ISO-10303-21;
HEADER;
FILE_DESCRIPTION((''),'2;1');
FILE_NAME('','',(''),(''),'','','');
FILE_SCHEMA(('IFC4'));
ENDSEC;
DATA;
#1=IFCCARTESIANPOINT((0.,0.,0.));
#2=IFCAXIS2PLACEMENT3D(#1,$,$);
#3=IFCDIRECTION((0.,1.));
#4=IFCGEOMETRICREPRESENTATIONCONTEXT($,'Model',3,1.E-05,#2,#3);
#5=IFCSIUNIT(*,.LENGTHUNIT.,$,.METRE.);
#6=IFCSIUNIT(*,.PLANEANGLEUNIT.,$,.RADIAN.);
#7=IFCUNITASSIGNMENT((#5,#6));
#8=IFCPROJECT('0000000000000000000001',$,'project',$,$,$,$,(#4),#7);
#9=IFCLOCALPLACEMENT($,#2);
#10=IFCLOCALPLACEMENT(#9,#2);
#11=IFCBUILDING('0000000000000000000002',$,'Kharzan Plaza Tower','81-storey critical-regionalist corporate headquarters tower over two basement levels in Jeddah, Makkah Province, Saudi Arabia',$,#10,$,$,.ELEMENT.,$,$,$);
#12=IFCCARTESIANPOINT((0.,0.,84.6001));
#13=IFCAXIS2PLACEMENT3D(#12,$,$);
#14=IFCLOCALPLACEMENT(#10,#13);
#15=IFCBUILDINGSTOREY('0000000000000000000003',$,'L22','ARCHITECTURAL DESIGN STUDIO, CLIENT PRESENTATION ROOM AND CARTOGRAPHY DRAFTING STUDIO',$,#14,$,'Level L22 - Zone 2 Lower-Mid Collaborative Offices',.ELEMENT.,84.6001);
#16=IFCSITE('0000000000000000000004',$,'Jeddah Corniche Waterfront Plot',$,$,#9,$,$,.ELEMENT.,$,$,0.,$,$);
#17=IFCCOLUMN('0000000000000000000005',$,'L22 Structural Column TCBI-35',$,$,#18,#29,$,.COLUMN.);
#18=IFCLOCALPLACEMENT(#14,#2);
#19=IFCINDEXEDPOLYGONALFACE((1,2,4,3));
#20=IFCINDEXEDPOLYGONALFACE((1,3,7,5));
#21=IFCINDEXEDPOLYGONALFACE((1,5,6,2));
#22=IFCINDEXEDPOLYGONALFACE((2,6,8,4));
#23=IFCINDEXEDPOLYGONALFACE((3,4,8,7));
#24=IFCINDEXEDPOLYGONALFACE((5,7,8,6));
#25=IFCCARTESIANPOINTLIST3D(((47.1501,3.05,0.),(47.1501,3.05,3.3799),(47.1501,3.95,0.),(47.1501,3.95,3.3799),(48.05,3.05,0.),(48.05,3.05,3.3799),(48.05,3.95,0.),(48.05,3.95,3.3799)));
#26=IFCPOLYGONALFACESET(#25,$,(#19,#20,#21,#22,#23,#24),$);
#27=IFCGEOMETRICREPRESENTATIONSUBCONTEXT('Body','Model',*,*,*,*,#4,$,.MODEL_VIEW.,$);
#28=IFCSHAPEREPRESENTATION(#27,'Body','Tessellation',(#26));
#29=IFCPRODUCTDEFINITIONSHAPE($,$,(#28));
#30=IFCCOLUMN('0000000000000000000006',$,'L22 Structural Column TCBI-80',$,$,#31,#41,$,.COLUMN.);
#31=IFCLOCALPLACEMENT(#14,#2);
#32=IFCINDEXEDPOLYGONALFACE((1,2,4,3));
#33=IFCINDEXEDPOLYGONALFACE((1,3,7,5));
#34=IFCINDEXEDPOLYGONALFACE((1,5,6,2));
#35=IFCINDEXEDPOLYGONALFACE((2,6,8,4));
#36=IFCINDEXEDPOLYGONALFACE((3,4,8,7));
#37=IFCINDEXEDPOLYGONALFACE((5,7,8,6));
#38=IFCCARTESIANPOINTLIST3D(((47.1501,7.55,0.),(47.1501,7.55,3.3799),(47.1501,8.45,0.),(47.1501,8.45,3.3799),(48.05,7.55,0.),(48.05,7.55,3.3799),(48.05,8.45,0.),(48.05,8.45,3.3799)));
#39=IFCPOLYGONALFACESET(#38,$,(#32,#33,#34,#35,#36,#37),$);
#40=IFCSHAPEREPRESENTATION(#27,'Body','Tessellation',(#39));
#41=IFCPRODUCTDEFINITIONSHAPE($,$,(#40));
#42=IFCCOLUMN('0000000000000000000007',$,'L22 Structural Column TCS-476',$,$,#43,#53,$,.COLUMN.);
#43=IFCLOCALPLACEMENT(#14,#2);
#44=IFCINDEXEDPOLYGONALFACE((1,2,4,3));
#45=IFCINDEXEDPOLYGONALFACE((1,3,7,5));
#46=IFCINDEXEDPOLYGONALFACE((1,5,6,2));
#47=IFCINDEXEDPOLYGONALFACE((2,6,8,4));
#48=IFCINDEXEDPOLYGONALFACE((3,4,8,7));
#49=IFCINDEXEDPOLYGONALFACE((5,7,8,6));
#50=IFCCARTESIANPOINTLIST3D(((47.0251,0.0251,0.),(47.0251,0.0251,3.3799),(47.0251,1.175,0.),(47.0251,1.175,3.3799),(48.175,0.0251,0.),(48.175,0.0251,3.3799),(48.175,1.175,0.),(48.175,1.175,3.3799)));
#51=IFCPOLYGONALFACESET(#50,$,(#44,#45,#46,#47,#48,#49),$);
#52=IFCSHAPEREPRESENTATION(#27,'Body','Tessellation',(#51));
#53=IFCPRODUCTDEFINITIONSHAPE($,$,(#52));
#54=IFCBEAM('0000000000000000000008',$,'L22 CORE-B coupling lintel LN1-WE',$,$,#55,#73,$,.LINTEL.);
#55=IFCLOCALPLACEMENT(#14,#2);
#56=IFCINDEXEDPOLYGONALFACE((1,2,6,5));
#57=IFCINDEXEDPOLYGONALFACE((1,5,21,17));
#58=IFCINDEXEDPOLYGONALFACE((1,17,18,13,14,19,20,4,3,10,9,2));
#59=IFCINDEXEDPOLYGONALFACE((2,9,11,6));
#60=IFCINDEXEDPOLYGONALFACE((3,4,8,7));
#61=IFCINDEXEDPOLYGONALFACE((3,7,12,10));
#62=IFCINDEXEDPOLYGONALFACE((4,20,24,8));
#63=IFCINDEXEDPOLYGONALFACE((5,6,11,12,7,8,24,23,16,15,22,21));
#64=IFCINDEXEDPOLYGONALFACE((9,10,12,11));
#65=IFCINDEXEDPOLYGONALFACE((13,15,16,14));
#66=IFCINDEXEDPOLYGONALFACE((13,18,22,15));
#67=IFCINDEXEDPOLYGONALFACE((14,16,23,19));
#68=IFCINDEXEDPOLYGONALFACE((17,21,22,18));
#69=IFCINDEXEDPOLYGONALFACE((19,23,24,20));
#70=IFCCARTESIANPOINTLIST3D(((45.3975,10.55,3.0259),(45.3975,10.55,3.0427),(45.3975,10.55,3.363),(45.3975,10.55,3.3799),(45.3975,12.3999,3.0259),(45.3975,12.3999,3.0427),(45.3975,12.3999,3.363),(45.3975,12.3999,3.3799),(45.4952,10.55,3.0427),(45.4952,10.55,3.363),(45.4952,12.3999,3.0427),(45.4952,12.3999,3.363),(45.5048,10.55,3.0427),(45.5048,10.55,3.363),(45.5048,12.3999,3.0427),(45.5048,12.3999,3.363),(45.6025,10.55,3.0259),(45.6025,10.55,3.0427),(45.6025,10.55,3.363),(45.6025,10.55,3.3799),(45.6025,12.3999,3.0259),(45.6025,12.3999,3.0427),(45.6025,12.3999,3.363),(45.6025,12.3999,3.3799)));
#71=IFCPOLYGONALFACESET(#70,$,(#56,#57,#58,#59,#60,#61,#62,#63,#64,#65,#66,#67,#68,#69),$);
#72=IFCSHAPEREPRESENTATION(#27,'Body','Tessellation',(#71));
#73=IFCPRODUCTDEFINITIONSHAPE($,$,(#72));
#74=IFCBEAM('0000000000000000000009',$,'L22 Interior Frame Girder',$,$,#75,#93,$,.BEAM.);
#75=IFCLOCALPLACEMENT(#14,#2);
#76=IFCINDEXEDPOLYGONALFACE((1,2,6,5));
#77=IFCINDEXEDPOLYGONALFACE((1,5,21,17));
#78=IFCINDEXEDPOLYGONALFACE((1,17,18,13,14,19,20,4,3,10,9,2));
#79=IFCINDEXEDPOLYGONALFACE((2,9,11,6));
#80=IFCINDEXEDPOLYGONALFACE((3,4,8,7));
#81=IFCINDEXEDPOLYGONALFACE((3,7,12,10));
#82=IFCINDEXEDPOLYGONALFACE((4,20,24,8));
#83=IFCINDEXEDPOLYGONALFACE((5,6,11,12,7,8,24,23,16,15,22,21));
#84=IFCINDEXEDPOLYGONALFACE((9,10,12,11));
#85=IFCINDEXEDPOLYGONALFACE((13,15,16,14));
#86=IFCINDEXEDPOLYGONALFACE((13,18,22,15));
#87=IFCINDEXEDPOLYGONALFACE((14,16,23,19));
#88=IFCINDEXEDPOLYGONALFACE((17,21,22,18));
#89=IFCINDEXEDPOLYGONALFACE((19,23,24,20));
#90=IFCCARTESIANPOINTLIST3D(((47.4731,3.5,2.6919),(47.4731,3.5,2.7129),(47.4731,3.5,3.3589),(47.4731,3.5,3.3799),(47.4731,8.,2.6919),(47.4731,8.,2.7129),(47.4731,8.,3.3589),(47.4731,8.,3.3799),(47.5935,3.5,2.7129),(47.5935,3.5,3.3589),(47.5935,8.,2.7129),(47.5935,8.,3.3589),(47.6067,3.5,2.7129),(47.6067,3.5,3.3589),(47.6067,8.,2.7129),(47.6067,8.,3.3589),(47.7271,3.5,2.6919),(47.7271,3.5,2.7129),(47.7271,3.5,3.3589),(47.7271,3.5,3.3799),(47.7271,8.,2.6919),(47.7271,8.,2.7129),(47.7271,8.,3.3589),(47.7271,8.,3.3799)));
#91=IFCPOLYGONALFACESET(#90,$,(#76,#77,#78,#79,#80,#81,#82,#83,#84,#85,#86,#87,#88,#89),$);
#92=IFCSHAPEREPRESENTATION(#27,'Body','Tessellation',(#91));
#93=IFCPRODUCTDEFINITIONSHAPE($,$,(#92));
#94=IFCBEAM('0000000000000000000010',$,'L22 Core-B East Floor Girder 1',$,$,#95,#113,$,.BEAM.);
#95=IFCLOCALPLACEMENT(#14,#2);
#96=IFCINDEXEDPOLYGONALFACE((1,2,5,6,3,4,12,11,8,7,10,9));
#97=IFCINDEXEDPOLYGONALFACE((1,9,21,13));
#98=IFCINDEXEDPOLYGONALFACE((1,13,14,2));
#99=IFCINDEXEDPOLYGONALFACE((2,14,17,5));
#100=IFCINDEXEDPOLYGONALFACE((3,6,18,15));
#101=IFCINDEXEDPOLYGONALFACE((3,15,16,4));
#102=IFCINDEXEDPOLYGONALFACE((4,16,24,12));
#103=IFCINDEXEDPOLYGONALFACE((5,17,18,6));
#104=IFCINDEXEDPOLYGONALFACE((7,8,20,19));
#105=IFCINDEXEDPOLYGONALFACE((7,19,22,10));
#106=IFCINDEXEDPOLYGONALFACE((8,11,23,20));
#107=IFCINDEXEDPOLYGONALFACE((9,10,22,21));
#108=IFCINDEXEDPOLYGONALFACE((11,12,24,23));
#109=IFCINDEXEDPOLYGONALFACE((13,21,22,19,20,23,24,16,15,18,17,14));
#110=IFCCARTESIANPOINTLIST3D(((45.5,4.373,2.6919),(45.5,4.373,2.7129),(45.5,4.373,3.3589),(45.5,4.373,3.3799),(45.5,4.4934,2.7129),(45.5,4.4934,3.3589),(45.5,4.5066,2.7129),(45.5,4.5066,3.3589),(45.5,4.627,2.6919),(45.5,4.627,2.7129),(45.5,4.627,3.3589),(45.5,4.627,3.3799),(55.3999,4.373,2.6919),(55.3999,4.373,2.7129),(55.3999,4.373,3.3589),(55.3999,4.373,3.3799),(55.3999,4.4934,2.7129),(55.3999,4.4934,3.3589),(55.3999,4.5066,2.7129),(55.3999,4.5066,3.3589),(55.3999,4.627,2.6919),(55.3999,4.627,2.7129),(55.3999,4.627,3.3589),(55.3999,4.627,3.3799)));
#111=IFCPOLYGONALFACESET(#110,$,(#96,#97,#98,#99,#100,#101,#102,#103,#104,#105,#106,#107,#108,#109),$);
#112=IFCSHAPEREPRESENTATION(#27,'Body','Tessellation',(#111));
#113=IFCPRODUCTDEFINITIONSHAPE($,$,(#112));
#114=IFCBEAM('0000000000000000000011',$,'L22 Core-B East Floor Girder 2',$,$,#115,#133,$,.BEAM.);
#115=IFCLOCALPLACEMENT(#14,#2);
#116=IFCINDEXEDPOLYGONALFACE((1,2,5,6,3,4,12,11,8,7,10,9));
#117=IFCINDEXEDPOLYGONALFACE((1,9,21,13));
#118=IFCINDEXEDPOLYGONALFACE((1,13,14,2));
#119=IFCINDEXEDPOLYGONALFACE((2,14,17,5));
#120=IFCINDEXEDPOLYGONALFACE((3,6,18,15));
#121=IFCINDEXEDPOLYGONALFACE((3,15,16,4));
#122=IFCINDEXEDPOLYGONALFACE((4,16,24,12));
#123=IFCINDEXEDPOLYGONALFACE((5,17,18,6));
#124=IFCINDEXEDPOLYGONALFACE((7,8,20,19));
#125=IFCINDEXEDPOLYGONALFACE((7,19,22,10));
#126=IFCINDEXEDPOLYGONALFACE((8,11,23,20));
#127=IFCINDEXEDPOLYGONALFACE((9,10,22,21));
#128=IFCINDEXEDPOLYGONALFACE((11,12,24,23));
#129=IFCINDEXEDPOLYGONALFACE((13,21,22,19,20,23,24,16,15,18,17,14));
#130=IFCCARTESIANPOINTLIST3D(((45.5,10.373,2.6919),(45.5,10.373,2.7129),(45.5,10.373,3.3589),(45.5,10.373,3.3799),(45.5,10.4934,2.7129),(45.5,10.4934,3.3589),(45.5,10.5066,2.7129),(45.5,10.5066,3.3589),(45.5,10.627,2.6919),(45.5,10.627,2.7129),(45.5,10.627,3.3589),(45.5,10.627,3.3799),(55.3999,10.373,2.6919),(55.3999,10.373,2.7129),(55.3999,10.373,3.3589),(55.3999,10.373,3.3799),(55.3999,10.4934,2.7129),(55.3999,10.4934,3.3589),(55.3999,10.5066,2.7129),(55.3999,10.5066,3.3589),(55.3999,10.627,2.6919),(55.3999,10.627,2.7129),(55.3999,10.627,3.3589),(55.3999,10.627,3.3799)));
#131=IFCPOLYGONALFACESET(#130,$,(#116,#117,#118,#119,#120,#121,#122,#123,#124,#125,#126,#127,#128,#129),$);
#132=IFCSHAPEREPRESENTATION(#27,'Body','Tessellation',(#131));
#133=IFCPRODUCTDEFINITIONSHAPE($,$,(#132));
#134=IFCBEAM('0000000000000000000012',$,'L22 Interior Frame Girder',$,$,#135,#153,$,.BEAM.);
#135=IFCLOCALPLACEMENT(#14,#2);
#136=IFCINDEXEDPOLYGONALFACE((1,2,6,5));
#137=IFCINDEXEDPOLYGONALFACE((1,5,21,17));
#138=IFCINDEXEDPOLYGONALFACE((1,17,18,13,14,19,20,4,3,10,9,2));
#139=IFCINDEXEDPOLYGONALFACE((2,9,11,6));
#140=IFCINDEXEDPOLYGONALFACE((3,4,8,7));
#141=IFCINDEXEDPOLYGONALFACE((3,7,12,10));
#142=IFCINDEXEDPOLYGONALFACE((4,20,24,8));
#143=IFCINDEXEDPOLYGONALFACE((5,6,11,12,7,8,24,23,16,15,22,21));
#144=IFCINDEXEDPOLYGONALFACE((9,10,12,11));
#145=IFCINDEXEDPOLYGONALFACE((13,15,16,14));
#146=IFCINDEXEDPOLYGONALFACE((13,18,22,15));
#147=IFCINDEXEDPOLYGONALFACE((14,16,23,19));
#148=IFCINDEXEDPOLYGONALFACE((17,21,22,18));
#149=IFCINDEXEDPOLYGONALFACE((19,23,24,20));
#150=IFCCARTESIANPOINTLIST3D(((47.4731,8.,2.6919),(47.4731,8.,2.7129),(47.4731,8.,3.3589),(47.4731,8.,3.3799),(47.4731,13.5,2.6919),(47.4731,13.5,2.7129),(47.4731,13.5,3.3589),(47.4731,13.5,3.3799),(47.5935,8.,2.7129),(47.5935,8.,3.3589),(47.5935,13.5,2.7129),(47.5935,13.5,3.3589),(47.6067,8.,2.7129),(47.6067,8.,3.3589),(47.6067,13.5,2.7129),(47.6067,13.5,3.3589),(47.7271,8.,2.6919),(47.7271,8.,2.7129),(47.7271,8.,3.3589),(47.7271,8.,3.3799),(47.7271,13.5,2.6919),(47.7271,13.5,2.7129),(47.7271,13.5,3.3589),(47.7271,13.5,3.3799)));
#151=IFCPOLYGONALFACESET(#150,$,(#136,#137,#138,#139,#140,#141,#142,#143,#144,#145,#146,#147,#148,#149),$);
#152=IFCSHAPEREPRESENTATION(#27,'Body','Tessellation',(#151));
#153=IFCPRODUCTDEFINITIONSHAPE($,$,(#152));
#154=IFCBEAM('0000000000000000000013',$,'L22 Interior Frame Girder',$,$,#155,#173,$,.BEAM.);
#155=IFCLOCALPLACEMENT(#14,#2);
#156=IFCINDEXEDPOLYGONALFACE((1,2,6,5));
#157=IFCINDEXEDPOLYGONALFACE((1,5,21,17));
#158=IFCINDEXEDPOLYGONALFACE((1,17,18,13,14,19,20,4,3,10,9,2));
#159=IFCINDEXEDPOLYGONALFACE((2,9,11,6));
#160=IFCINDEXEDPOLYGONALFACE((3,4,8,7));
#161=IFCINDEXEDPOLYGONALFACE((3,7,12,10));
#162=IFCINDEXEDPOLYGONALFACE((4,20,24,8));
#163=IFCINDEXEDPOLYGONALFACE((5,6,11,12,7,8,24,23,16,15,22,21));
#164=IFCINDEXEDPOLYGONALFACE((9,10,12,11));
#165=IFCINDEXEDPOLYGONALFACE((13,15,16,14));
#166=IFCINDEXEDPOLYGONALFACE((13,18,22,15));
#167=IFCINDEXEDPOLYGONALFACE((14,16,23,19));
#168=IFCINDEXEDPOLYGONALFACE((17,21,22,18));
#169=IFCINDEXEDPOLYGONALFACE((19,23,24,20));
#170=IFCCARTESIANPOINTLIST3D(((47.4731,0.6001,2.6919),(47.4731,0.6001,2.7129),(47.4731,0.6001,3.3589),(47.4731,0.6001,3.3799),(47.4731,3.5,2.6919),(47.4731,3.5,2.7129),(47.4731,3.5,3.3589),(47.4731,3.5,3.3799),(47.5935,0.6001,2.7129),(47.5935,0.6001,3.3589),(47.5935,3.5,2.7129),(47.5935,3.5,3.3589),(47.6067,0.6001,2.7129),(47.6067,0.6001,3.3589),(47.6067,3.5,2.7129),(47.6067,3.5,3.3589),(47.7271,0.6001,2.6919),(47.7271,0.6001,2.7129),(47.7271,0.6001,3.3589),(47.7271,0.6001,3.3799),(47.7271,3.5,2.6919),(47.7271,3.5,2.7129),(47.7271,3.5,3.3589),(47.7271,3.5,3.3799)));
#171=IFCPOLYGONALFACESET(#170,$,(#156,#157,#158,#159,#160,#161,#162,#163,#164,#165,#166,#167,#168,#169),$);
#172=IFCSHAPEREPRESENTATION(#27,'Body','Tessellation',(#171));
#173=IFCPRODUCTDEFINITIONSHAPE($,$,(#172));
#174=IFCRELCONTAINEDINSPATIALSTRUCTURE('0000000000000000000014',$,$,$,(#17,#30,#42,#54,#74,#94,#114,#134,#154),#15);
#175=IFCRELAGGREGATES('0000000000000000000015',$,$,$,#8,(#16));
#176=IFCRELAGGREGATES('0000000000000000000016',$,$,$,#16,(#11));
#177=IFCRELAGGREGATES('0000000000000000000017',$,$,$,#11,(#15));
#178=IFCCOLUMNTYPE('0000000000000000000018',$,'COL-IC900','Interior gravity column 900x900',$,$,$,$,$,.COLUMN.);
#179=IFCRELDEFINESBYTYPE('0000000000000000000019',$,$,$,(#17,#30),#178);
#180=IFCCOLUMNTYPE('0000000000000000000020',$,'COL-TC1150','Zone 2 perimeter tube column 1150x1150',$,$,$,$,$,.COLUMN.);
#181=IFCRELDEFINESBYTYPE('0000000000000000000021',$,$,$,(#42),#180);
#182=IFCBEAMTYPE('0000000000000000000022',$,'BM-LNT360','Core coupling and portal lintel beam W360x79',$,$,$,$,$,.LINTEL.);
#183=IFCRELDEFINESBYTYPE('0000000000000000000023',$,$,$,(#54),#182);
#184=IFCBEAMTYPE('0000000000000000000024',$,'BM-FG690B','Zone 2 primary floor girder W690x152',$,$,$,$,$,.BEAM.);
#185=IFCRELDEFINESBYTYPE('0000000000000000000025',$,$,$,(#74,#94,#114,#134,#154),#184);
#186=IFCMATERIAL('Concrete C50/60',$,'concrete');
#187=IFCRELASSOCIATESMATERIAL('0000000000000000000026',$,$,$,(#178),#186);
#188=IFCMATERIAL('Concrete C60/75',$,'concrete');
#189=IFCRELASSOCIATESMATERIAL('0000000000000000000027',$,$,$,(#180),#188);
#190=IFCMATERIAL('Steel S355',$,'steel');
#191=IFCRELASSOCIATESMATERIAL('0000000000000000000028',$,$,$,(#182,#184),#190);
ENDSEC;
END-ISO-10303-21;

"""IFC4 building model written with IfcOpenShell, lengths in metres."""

from ifc_helpers import new_model, si_unit, direction, frame, origin, origin_2d, place, context, subcontext, project, spatial, rectangle, i_section, extrude, source, transform, mapped, material, material_profile, profile_set, type_object, element, save


model = new_model("IFC4")

# Units and contexts
model_context = context("Model", 3, precision=1e-05, world=origin(), true_north=direction((0.0, 1.0)))
body_context = subcontext(model_context, "Body", "Model", "MODEL_VIEW")
ifc_project = project(units=[si_unit("LENGTHUNIT", "METRE"), si_unit("PLANEANGLEUNIT", "RADIAN")], contexts=[model_context])

# Site, building, storey
site_placement = place(None, origin())
site = spatial("IfcSite", under=ifc_project, at=site_placement, Name="Jeddah Corniche Waterfront Plot", CompositionType="ELEMENT", RefElevation=0.0)
building_placement = place(site_placement, origin())
building = spatial("IfcBuilding", under=site, at=building_placement, Name="Kharzan Plaza Tower", Description="81-storey critical-regionalist corporate headquarters tower over two basement levels in Jeddah, Makkah Province, Saudi Arabia", CompositionType="ELEMENT")
storey_placement = place(building_placement, frame((0.0, 0.0, 84.6001)))
storey = spatial("IfcBuildingStorey", under=building, at=storey_placement, Name="L22", Description="ARCHITECTURAL DESIGN STUDIO, CLIENT PRESENTATION ROOM AND CARTOGRAPHY DRAFTING STUDIO", LongName="Level L22 - Zone 2 Lower-Mid Collaborative Offices", CompositionType="ELEMENT", Elevation=84.6001)

# Columns
ifc_material_1 = material(Name="Concrete C50/60", Category="concrete")
ifc_material_profile_1 = material_profile(ifc_material_1, rectangle(XDim=0.8999, YDim=0.8999, at=origin_2d()), Name="RC-IC900x900")
ifc_profile_set_1 = profile_set([ifc_material_profile_1], Name="Concrete C50/60")
column_type_1 = type_object("IfcColumnType", Name="COL-IC900", Description="Interior gravity column 900x900", PredefinedType="COLUMN", material=ifc_profile_set_1)
shared_shape_1 = source(origin(), body_context, "Body", "SweptSolid", [
    extrude(rectangle(XDim=0.8999, YDim=0.8999, at=origin_2d()), origin(), (0.0, 0.0, 1.0), 3.3799),
])
for number, where, z_axis, x_axis, name in (
    (1, (47.6001, 3.5, 0.0), (0.0, 0.0, 1.0), (1.0, 0.0, 0.0), "L22 Structural Column TCBI-35"),
    (2, (47.6001, 8.0, 0.0), (0.0, 0.0, 1.0), (1.0, 0.0, 0.0), "L22 Structural Column TCBI-80"),
):
    element("IfcColumn", number, at=place(storey_placement, frame(where, z_axis=z_axis, x_axis=x_axis)), inside=storey, type_object=column_type_1, Name=name, PredefinedType="COLUMN", context=body_context, shape_type="MappedRepresentation", body=[
        mapped(shared_shape_1, transform((0.0, 0.0, 0.0), x_axis=(1.0, 0.0, 0.0), y_axis=(0.0, 1.0, 0.0), z_axis=(0.0, 0.0, 1.0))),
    ])
ifc_material_2 = material(Name="Concrete C60/75", Category="concrete")
ifc_material_profile_2 = material_profile(ifc_material_2, rectangle(XDim=1.1499, YDim=1.1499, at=origin_2d()), Name="RC-TC1150x1150")
ifc_profile_set_2 = profile_set([ifc_material_profile_2], Name="Concrete C60/75")
column_type_2 = type_object("IfcColumnType", Name="COL-TC1150", Description="Zone 2 perimeter tube column 1150x1150", PredefinedType="COLUMN", material=ifc_profile_set_2)
shared_shape_2 = source(origin(), body_context, "Body", "SweptSolid", [
    extrude(rectangle(XDim=1.1499, YDim=1.1499, at=origin_2d()), origin(), (0.0, 0.0, 1.0), 3.3799),
])
column_placement = place(storey_placement, frame((47.6001, 0.6001, 0.0), z_axis=(0.0, 0.0, 1.0), x_axis=(1.0, 0.0, 0.0)))
element("IfcColumn", 3, at=column_placement, inside=storey, type_object=column_type_2, Name="L22 Structural Column TCS-476", PredefinedType="COLUMN", context=body_context, shape_type="MappedRepresentation", body=[
    mapped(shared_shape_2, transform((0.0, 0.0, 0.0), x_axis=(1.0, 0.0, 0.0), y_axis=(0.0, 1.0, 0.0), z_axis=(0.0, 0.0, 1.0))),
])

# Beams
ifc_material_3 = material(Name="Steel S355", Category="steel")
ifc_material_profile_3 = material_profile(ifc_material_3, i_section(OverallWidth=0.2051, OverallDepth=0.354, WebThickness=0.0095, FlangeThickness=0.0168, at=origin_2d()), Name="W360x79")
ifc_profile_set_3 = profile_set([ifc_material_profile_3], Name="Steel S355")
beam_type_1 = type_object("IfcBeamType", Name="BM-LNT360", Description="Core coupling and portal lintel beam W360x79", PredefinedType="LINTEL", material=ifc_profile_set_3)
shared_shape_3 = source(origin(), body_context, "Body", "SweptSolid", [
    extrude(i_section(OverallWidth=0.2051, OverallDepth=0.354, WebThickness=0.0095, FlangeThickness=0.0168, at=origin_2d()), origin(), (0.0, 0.0, 1.0), 1.8499),
])
beam_1_placement = place(storey_placement, frame((45.5, 10.55, 3.2029), z_axis=(0.0, 1.0, 0.0), x_axis=(-1.0, 0.0, 0.0)))
element("IfcBeam", 4, at=beam_1_placement, inside=storey, type_object=beam_type_1, Name="L22 CORE-B coupling lintel LN1-WE", PredefinedType="LINTEL", context=body_context, shape_type="MappedRepresentation", body=[
    mapped(shared_shape_3, transform((0.0, 0.0, 0.0), x_axis=(1.0, 0.0, 0.0), y_axis=(0.0, 1.0, 0.0), z_axis=(0.0, 0.0, 1.0))),
])
ifc_material_profile_4 = material_profile(ifc_material_3, i_section(OverallWidth=0.2539, OverallDepth=0.688, WebThickness=0.0132, FlangeThickness=0.021, at=origin_2d()), Name="W690x152")
ifc_profile_set_4 = profile_set([ifc_material_profile_4], Name="Steel S355")
beam_type_2 = type_object("IfcBeamType", Name="BM-FG690B", Description="Zone 2 primary floor girder W690x152", PredefinedType="BEAM", material=ifc_profile_set_4)
shared_shape_4 = source(origin(), body_context, "Body", "SweptSolid", [
    extrude(i_section(OverallWidth=0.2539, OverallDepth=0.688, WebThickness=0.0132, FlangeThickness=0.021, at=origin_2d()), origin(), (0.0, 0.0, 1.0), 4.5),
])
beam_2_placement = place(storey_placement, frame((47.6001, 3.5, 3.0359), z_axis=(0.0, 1.0, 0.0), x_axis=(-1.0, 0.0, 0.0)))
element("IfcBeam", 5, at=beam_2_placement, inside=storey, type_object=beam_type_2, Name="L22 Interior Frame Girder", PredefinedType="BEAM", context=body_context, shape_type="MappedRepresentation", body=[
    mapped(shared_shape_4, transform((0.0, 0.0, 0.0), x_axis=(1.0, 0.0, 0.0), y_axis=(0.0, 1.0, 0.0), z_axis=(0.0, 0.0, 1.0))),
])
shared_shape_5 = source(origin(), body_context, "Body", "SweptSolid", [
    extrude(i_section(OverallWidth=0.2539, OverallDepth=0.688, WebThickness=0.0132, FlangeThickness=0.021, at=origin_2d()), origin(), (0.0, 0.0, 1.0), 9.8999),
])
for number, where, z_axis, x_axis, name in (
    (6, (45.5, 4.5, 3.0359), (1.0, 0.0, 0.0), (0.0, 1.0, 0.0), "L22 Core-B East Floor Girder 1"),
    (7, (45.5, 10.5, 3.0359), (1.0, 0.0, 0.0), (0.0, 1.0, 0.0), "L22 Core-B East Floor Girder 2"),
):
    element("IfcBeam", number, at=place(storey_placement, frame(where, z_axis=z_axis, x_axis=x_axis)), inside=storey, type_object=beam_type_2, Name=name, PredefinedType="BEAM", context=body_context, shape_type="MappedRepresentation", body=[
        mapped(shared_shape_5, transform((0.0, 0.0, 0.0), x_axis=(1.0, 0.0, 0.0), y_axis=(0.0, 1.0, 0.0), z_axis=(0.0, 0.0, 1.0))),
    ])
shared_shape_6 = source(origin(), body_context, "Body", "SweptSolid", [
    extrude(i_section(OverallWidth=0.2539, OverallDepth=0.688, WebThickness=0.0132, FlangeThickness=0.021, at=origin_2d()), origin(), (0.0, 0.0, 1.0), 5.5),
])
beam_3_placement = place(storey_placement, frame((47.6001, 8.0, 3.0359), z_axis=(0.0, 1.0, 0.0), x_axis=(-1.0, 0.0, 0.0)))
element("IfcBeam", 8, at=beam_3_placement, inside=storey, type_object=beam_type_2, Name="L22 Interior Frame Girder", PredefinedType="BEAM", context=body_context, shape_type="MappedRepresentation", body=[
    mapped(shared_shape_6, transform((0.0, 0.0, 0.0), x_axis=(1.0, 0.0, 0.0), y_axis=(0.0, 1.0, 0.0), z_axis=(0.0, 0.0, 1.0))),
])
shared_shape_7 = source(origin(), body_context, "Body", "SweptSolid", [
    extrude(i_section(OverallWidth=0.2539, OverallDepth=0.688, WebThickness=0.0132, FlangeThickness=0.021, at=origin_2d()), origin(), (0.0, 0.0, 1.0), 2.8999),
])
for number, where, z_axis, x_axis, name in (
    (9, (47.6001, 0.6001, 3.0359), (0.0, 1.0, 0.0), (-1.0, 0.0, 0.0), "L22 Interior Frame Girder"),
):
    element("IfcBeam", number, at=place(storey_placement, frame(where, z_axis=z_axis, x_axis=x_axis)), inside=storey, type_object=beam_type_2, Name=name, PredefinedType="BEAM", context=body_context, shape_type="MappedRepresentation", body=[
        mapped(shared_shape_7, transform((0.0, 0.0, 0.0), x_axis=(1.0, 0.0, 0.0), y_axis=(0.0, 1.0, 0.0), z_axis=(0.0, 0.0, 1.0))),
    ])

save(model, "model.ifc")
